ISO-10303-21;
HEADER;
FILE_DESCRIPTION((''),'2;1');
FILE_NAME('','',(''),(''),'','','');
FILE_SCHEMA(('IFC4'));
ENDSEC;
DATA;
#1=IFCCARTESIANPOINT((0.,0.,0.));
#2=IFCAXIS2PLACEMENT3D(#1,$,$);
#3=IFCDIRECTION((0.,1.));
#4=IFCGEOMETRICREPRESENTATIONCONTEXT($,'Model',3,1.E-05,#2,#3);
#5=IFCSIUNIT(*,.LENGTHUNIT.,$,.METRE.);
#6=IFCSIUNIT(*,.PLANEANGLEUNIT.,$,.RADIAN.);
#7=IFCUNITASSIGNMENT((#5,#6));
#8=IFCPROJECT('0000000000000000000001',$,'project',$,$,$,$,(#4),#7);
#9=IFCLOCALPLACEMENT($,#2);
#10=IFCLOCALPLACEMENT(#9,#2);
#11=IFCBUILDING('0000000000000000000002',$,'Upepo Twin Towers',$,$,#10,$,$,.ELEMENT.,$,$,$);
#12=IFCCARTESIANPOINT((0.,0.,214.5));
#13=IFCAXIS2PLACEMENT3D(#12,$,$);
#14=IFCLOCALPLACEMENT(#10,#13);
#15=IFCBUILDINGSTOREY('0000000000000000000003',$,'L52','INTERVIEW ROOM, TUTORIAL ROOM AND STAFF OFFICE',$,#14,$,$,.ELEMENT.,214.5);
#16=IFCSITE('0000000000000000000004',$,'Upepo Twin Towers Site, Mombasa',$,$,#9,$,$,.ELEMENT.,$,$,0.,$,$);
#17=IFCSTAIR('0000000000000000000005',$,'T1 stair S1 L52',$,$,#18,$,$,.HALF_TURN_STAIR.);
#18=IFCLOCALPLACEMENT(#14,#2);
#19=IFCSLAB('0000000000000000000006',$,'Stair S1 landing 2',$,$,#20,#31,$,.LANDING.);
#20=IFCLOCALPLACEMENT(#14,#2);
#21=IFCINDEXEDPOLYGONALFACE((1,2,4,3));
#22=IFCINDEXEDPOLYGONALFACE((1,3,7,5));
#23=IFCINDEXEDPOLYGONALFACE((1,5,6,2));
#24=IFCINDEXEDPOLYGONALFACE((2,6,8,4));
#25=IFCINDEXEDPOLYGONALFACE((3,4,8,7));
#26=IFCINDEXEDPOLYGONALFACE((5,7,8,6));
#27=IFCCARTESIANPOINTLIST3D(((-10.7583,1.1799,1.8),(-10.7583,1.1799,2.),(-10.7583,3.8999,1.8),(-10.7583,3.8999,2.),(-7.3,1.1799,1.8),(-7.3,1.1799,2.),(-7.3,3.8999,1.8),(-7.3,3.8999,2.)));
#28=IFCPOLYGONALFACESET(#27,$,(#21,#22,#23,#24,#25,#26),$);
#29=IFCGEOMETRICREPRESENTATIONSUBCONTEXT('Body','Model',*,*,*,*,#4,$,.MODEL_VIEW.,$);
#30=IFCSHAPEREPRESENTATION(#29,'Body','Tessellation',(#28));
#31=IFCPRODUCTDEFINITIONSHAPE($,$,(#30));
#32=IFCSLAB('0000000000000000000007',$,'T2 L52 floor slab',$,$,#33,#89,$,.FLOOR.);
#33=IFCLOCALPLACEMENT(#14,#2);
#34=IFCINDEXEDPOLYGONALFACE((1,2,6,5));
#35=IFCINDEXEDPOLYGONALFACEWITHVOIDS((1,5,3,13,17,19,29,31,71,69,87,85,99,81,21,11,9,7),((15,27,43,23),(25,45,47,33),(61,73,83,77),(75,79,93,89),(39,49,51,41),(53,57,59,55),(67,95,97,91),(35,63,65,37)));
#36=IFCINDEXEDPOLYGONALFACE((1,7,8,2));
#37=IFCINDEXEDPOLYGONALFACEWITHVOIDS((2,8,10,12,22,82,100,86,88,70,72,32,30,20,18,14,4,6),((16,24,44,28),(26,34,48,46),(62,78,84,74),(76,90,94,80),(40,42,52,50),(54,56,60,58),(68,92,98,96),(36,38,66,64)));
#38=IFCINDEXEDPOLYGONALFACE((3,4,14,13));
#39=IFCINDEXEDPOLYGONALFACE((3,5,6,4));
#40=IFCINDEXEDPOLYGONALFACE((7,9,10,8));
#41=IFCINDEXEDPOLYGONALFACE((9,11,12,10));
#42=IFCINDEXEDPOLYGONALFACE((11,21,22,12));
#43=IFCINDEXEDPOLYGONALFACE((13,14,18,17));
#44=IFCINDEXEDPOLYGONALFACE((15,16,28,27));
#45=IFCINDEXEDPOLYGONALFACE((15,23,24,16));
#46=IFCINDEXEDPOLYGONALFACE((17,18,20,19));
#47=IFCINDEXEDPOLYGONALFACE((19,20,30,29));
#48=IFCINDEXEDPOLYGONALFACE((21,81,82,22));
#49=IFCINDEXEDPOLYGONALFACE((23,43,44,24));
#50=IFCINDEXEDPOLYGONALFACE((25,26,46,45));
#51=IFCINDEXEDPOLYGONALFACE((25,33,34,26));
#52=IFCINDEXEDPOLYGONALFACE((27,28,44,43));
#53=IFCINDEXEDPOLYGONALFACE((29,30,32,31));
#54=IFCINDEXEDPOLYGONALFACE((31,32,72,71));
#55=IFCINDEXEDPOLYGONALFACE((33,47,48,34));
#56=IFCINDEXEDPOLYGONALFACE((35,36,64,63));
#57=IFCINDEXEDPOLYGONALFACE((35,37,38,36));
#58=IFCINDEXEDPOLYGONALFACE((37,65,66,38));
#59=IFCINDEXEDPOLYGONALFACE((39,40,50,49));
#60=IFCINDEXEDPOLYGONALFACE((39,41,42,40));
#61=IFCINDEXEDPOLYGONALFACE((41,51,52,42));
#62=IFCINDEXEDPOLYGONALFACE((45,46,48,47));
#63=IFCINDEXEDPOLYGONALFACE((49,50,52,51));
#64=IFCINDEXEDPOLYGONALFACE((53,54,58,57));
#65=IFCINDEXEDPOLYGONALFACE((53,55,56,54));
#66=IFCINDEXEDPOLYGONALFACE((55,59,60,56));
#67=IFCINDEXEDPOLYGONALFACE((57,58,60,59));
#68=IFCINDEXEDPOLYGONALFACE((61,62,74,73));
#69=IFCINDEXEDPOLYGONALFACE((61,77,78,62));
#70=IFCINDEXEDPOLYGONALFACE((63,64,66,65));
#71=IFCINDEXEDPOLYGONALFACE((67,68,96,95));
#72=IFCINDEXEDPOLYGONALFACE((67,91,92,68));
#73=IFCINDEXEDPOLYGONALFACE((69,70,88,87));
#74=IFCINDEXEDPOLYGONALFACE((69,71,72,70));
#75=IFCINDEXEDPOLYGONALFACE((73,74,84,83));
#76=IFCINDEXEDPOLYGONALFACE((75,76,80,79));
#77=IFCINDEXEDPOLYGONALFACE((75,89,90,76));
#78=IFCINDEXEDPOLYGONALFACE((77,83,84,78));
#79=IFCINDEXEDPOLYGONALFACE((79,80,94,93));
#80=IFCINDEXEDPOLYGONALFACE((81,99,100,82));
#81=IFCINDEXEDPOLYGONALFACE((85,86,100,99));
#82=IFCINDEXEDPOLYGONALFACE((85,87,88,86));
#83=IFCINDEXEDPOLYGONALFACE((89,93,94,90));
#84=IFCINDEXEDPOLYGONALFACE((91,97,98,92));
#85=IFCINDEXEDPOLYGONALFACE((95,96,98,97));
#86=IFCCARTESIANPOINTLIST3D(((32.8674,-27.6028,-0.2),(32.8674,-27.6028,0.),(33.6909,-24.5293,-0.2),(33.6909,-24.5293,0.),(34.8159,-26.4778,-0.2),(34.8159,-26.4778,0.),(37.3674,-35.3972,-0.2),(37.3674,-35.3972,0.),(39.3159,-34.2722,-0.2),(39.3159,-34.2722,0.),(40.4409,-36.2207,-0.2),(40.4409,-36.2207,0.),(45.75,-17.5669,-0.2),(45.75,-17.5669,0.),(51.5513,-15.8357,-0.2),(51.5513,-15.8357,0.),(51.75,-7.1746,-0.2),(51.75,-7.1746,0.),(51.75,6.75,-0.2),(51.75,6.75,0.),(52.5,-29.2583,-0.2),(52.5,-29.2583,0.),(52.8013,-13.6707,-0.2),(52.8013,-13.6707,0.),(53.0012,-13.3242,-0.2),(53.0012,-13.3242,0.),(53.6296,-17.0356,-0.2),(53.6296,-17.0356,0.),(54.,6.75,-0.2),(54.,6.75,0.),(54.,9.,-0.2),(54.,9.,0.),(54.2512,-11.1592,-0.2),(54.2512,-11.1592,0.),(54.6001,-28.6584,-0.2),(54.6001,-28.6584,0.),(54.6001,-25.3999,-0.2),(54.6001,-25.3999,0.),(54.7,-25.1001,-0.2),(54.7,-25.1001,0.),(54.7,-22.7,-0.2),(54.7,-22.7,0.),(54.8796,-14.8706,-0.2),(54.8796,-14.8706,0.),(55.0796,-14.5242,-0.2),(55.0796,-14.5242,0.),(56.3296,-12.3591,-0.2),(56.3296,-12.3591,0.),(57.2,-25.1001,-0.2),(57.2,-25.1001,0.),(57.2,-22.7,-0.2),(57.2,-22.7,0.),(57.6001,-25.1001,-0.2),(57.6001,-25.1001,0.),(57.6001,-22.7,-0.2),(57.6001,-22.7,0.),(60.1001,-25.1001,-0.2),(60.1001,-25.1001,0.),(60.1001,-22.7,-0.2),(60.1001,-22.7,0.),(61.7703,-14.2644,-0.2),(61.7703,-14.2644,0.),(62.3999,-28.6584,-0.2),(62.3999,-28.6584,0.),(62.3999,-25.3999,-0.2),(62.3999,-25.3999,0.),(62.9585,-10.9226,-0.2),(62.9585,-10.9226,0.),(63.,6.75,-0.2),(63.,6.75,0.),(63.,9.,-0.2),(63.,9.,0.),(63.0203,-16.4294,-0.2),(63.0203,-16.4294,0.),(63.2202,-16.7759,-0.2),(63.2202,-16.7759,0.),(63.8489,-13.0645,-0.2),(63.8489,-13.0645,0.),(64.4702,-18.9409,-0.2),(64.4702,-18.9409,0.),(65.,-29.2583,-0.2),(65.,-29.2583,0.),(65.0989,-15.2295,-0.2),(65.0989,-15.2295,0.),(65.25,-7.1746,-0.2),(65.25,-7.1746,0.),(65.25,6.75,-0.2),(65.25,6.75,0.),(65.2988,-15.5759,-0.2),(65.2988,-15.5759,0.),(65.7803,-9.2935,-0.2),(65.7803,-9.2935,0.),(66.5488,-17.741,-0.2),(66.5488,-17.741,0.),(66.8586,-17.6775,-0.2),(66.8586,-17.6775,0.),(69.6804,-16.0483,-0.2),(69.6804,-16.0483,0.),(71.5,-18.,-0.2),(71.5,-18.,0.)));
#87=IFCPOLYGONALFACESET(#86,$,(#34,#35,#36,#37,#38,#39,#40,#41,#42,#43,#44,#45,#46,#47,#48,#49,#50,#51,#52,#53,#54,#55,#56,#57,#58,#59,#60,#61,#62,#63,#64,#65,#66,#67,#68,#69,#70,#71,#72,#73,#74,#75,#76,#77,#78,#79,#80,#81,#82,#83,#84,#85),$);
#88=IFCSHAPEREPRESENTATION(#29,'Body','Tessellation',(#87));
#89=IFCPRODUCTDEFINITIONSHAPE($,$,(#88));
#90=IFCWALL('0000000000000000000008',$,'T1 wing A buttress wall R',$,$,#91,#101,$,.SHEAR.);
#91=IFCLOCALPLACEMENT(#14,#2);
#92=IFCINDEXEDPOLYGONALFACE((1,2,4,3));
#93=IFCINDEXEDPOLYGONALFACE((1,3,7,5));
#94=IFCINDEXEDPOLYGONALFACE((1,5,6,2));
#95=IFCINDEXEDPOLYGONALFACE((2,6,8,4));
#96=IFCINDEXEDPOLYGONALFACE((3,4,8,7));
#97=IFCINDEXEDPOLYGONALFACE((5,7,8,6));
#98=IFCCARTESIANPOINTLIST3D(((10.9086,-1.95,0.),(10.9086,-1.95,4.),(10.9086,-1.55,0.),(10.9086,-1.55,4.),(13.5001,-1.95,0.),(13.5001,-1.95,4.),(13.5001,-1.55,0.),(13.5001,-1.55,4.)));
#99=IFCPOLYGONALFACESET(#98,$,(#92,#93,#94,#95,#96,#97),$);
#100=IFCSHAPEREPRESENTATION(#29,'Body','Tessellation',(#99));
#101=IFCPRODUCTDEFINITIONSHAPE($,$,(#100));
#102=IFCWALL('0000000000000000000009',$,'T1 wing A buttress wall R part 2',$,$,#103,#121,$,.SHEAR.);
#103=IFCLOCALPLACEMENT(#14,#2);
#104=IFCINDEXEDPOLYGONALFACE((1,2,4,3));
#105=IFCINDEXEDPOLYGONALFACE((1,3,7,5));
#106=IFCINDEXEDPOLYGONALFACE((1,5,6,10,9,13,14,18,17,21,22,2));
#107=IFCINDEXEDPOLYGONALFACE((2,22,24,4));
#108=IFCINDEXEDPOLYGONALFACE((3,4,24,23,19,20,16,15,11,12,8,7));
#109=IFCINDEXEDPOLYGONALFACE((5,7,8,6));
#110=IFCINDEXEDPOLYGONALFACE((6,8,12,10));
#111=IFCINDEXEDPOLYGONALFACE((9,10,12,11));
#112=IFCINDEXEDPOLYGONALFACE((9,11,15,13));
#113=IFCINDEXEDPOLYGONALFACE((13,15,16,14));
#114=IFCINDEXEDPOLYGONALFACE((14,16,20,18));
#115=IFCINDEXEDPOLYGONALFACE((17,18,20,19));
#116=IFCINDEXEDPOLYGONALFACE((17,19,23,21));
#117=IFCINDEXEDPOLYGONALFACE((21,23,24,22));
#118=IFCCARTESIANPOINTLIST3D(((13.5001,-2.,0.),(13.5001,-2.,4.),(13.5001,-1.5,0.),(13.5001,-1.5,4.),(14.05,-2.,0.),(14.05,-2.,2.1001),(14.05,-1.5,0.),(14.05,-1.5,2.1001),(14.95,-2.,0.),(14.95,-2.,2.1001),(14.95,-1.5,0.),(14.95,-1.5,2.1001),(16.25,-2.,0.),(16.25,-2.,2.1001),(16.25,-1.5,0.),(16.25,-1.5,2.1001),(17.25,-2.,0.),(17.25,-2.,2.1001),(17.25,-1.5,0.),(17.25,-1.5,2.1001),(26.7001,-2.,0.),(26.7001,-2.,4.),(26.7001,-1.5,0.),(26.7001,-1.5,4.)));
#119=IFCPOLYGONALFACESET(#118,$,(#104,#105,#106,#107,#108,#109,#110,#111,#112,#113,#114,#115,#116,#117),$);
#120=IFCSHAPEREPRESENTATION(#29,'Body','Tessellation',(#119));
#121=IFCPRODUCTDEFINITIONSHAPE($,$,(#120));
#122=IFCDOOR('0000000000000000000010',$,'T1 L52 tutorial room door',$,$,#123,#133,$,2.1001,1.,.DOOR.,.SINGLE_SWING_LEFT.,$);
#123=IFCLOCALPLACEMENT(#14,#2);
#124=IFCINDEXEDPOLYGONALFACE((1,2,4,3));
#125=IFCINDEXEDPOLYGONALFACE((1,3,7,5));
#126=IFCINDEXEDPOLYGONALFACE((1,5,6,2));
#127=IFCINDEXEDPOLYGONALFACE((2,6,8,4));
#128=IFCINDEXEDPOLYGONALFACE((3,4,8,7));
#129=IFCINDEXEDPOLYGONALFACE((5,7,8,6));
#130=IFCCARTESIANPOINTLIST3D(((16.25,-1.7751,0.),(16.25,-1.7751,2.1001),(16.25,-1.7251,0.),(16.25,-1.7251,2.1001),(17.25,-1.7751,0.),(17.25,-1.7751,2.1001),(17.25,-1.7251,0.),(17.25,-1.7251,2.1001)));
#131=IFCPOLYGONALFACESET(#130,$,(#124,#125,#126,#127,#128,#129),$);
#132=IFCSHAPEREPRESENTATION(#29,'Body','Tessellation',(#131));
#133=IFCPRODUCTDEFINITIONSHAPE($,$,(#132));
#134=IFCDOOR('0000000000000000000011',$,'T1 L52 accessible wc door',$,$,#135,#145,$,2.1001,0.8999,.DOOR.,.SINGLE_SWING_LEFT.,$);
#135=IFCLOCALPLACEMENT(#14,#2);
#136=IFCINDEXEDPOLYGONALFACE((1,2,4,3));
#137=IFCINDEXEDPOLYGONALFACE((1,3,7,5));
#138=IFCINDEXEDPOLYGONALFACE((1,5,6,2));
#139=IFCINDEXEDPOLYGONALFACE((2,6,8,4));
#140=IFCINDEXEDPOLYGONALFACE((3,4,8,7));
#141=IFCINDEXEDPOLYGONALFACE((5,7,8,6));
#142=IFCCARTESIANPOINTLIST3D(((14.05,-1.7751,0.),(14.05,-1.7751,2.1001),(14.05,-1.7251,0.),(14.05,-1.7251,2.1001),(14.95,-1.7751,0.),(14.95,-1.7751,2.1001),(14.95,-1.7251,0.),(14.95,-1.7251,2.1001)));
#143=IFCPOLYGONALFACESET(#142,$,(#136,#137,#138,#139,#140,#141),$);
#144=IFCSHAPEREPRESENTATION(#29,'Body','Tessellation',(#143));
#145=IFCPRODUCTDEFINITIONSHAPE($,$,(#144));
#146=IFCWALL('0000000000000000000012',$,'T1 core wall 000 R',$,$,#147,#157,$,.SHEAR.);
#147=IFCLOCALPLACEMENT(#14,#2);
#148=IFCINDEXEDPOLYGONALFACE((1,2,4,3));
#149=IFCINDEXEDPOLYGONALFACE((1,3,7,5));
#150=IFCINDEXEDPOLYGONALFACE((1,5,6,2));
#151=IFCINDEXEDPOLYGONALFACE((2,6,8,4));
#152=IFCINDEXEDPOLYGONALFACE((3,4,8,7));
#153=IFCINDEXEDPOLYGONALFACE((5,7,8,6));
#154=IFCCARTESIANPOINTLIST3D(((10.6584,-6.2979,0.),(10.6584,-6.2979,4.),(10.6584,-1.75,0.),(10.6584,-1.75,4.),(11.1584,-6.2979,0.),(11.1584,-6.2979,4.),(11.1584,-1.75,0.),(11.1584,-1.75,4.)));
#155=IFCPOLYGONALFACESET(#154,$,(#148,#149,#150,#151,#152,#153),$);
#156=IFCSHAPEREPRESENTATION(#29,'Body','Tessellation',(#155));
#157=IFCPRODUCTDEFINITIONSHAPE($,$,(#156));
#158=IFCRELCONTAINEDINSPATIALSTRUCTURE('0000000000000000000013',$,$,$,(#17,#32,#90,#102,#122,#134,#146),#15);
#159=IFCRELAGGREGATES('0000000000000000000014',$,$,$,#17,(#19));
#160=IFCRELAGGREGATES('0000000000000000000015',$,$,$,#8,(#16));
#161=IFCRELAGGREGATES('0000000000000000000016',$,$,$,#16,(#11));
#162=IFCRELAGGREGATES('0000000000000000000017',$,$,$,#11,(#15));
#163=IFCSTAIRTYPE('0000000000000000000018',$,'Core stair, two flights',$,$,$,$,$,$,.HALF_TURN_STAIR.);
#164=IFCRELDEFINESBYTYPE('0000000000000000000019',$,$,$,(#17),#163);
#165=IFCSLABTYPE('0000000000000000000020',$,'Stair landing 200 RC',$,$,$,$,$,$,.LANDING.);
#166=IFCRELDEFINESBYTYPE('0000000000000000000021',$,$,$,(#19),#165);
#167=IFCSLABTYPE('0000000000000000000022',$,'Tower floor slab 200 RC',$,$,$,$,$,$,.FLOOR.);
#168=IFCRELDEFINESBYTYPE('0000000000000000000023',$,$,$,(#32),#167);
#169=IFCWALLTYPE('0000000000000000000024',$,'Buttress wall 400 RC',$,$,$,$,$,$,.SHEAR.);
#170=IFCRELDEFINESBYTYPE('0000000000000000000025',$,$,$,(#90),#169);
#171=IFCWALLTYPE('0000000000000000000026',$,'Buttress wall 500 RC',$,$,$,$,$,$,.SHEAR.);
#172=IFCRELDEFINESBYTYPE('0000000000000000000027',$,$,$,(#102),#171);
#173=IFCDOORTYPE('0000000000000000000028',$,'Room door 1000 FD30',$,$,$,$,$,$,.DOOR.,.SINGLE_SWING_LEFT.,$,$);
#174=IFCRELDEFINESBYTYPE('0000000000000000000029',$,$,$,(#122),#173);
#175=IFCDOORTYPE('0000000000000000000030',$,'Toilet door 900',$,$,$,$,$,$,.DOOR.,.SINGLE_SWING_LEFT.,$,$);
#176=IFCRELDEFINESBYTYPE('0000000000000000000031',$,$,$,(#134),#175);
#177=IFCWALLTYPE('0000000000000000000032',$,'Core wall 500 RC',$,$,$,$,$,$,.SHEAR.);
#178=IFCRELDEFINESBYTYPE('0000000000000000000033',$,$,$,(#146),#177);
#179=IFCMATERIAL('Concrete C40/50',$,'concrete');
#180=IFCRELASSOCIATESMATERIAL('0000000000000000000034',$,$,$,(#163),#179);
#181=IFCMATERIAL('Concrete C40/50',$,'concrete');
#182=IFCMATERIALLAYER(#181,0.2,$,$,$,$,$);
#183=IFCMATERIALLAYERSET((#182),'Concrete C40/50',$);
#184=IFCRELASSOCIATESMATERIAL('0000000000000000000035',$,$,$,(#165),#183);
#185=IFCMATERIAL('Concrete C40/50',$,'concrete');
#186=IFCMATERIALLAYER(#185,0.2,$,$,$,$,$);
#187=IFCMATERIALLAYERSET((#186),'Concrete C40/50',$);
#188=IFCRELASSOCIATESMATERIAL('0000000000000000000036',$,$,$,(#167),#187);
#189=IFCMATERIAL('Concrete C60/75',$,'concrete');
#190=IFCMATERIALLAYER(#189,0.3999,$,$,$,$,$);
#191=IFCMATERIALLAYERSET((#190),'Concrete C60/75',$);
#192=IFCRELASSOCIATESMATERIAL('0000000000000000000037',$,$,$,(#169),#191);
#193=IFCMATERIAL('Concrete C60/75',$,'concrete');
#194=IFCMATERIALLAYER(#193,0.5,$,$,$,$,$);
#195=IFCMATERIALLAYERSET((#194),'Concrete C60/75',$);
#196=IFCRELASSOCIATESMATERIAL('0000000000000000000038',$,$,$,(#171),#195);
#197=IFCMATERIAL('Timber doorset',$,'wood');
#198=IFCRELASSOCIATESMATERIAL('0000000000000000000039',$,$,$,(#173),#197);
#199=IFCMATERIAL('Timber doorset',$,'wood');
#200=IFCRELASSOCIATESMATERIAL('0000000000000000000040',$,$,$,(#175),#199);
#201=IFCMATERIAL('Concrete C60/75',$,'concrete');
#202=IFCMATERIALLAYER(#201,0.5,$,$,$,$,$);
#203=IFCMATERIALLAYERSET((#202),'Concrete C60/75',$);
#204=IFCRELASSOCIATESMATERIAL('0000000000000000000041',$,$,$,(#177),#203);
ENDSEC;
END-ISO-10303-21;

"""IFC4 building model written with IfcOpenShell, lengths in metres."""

from ifc_helpers import new_model, si_unit, direction, frame, frame_2d, origin, place, context, subcontext, project, spatial, polyline, rectangle, outline, extrude, material, layer, layer_set, type_object, element, fill, aggregate, save


model = new_model("IFC4")

# Units and contexts
model_context = context("Model", 3, precision=1e-05, world=origin(), true_north=direction((0.0, 1.0)))
body_context = subcontext(model_context, "Body", "Model", "MODEL_VIEW")
ifc_project = project(units=[si_unit("LENGTHUNIT", "METRE"), si_unit("PLANEANGLEUNIT", "RADIAN")], contexts=[model_context])

# Site, building, storey
site_placement = place(None, origin())
site = spatial("IfcSite", under=ifc_project, at=site_placement, Name="Upepo Twin Towers Site, Mombasa", CompositionType="ELEMENT", RefElevation=0.0)
building_placement = place(site_placement, origin())
building = spatial("IfcBuilding", under=site, at=building_placement, Name="Upepo Twin Towers", CompositionType="ELEMENT")
storey_placement = place(building_placement, frame((0.0, 0.0, 214.5)))
storey = spatial("IfcBuildingStorey", under=building, at=storey_placement, Name="L52", Description="INTERVIEW ROOM, TUTORIAL ROOM AND STAFF OFFICE", CompositionType="ELEMENT", Elevation=214.5)

# Stair, slab
ifc_material_1 = material(Name="Concrete C40/50", Category="concrete")
stair_type = type_object("IfcStairType", Name="Core stair, two flights", PredefinedType="HALF_TURN_STAIR", material=ifc_material_1)
stair_1_placement = place(storey_placement, origin())
stair_1 = element("IfcStair", 1, at=stair_1_placement, inside=storey, type_object=stair_type, Name="T1 stair S1 L52", PredefinedType="HALF_TURN_STAIR")
ifc_material_2 = material(Name="Concrete C40/50", Category="concrete")
ifc_layer_1 = layer(ifc_material_2, 0.2)
ifc_layer_set_1 = layer_set([ifc_layer_1], Name="Concrete C40/50")
slab_type_1 = type_object("IfcSlabType", Name="Stair landing 200 RC", PredefinedType="LANDING", material=ifc_layer_set_1)
slab_1_placement = place(storey_placement, frame((0.0, 0.0, 1.8)))
slab_1 = element("IfcSlab", 2, at=slab_1_placement, type_object=slab_type_1, Name="Stair S1 landing 2", PredefinedType="LANDING", context=body_context, shape_type="SweptSolid", body=[
    extrude(outline(polyline([(-7.3, 3.8999), (-10.7583, 3.8999), (-10.7583, 1.1799), (-7.3, 1.1799), (-7.3, 3.8999)])), origin(), (0.0, 0.0, 1.0), 0.2),
])
aggregate(stair_1, [slab_1])

# Slab
ifc_material_3 = material(Name="Concrete C40/50", Category="concrete")
ifc_layer_2 = layer(ifc_material_3, 0.2)
ifc_layer_set_2 = layer_set([ifc_layer_2], Name="Concrete C40/50")
slab_type_2 = type_object("IfcSlabType", Name="Tower floor slab 200 RC", PredefinedType="FLOOR", material=ifc_layer_set_2)
slab_2_placement = place(storey_placement, frame((0.0, 0.0, -0.2)))
element("IfcSlab", 3, at=slab_2_placement, inside=storey, type_object=slab_type_2, Name="T2 L52 floor slab", PredefinedType="FLOOR", context=body_context, shape_type="SweptSolid", body=[
    extrude(outline(polyline([(51.75, -7.1746), (51.75, 6.75), (54.0, 6.75), (54.0, 9.0), (63.0, 9.0), (63.0, 6.75), (65.25, 6.75), (65.25, -7.1746), (71.5, -18.0), (65.0, -29.2583), (52.5, -29.2583), (40.4409, -36.2207), (39.3159, -34.2722), (37.3674, -35.3972), (32.8674, -27.6028), (34.8159, -26.4778), (33.6909, -24.5293), (45.75, -17.5669), (51.75, -7.1746)]), holes=[polyline([(56.3296, -12.3591), (54.2512, -11.1592), (53.0012, -13.3242), (55.0796, -14.5242), (56.3296, -12.3591)]), polyline([(54.8796, -14.8706), (52.8013, -13.6707), (51.5513, -15.8357), (53.6296, -17.0356), (54.8796, -14.8706)]), polyline([(54.7, -22.7), (54.7, -25.1001), (57.2, -25.1001), (57.2, -22.7), (54.7, -22.7)]), polyline([(57.6001, -22.7), (57.6001, -25.1001), (60.1001, -25.1001), (60.1001, -22.7), (57.6001, -22.7)]), polyline([(54.6001, -25.3999), (54.6001, -28.6584), (62.3999, -28.6584), (62.3999, -25.3999), (54.6001, -25.3999)]), polyline([(64.4702, -18.9409), (66.5488, -17.741), (65.2988, -15.5759), (63.2202, -16.7759), (64.4702, -18.9409)]), polyline([(63.0203, -16.4294), (65.0989, -15.2295), (63.8489, -13.0645), (61.7703, -14.2644), (63.0203, -16.4294)]), polyline([(66.8586, -17.6775), (69.6804, -16.0483), (65.7803, -9.2935), (62.9585, -10.9226), (66.8586, -17.6775)])]), origin(), (0.0, 0.0, 1.0), 0.2),
])

# Wall
ifc_material_4 = material(Name="Concrete C60/75", Category="concrete")
ifc_layer_3 = layer(ifc_material_4, 0.3999)
ifc_layer_set_3 = layer_set([ifc_layer_3], Name="Concrete C60/75")
wall_type_1 = type_object("IfcWallType", Name="Buttress wall 400 RC", PredefinedType="SHEAR", material=ifc_layer_set_3)
wall_1_placement = place(storey_placement, frame((10.9084, -1.75, 0.0), z_axis=(0.0, 0.0, 1.0), x_axis=(1.0, 0.0, 0.0)))
element("IfcWall", 4, at=wall_1_placement, inside=storey, type_object=wall_type_1, Name="T1 wing A buttress wall R", PredefinedType="SHEAR", context=body_context, shape_type="SweptSolid", body=[
    extrude(rectangle(XDim=2.5916, YDim=0.3999, at=frame_2d((1.2959, 0.0))), origin(), (0.0, 0.0, 1.0), 4.0),
])

# Wall, openings, doors
ifc_material_5 = material(Name="Concrete C60/75", Category="concrete")
ifc_layer_4 = layer(ifc_material_5, 0.5)
ifc_layer_set_4 = layer_set([ifc_layer_4], Name="Concrete C60/75")
wall_type_2 = type_object("IfcWallType", Name="Buttress wall 500 RC", PredefinedType="SHEAR", material=ifc_layer_set_4)
wall_2_placement = place(storey_placement, frame((13.5, -1.75, 0.0), z_axis=(0.0, 0.0, 1.0), x_axis=(1.0, 0.0, 0.0)))
wall_2 = element("IfcWall", 5, at=wall_2_placement, inside=storey, type_object=wall_type_2, Name="T1 wing A buttress wall R part 2", PredefinedType="SHEAR", context=body_context, shape_type="SweptSolid", body=[
    extrude(rectangle(XDim=13.2, YDim=0.5, at=frame_2d((6.6001, 0.0))), origin(), (0.0, 0.0, 1.0), 4.0),
])
opening_1_placement = place(wall_2_placement, frame((0.55, 0.0, 0.0)))
opening_1 = element("IfcOpeningElement", 6, at=opening_1_placement, cuts=wall_2, PredefinedType="OPENING", context=body_context, shape_type="SweptSolid", body=[
    extrude(rectangle(XDim=0.8999, YDim=2.1001, at=frame_2d((0.45, 1.05))), frame((0.0, 0.26, 0.0), z_axis=(0.0, -1.0, 0.0), x_axis=(1.0, 0.0, 0.0)), (0.0, 0.0, 1.0), 0.52),
])
opening_2_placement = place(wall_2_placement, frame((2.75, 0.0, 0.0)))
opening_2 = element("IfcOpeningElement", 7, at=opening_2_placement, cuts=wall_2, PredefinedType="OPENING", context=body_context, shape_type="SweptSolid", body=[
    extrude(rectangle(XDim=1.0, YDim=2.1001, at=frame_2d((0.5, 1.05))), frame((0.0, 0.26, 0.0), z_axis=(0.0, -1.0, 0.0), x_axis=(1.0, 0.0, 0.0)), (0.0, 0.0, 1.0), 0.52),
])
ifc_material_6 = material(Name="Timber doorset", Category="wood")
door_type_1 = type_object("IfcDoorType", Name="Room door 1000 FD30", OperationType="SINGLE_SWING_LEFT", PredefinedType="DOOR", material=ifc_material_6)
door_1_placement = place(opening_2_placement, origin())
door_1 = element("IfcDoor", 8, at=door_1_placement, inside=storey, type_object=door_type_1, Name="T1 L52 tutorial room door", OperationType="SINGLE_SWING_LEFT", OverallHeight=2.1001, OverallWidth=1.0, PredefinedType="DOOR", context=body_context, shape_type="SweptSolid", body=[
    extrude(rectangle(XDim=1.0, YDim=2.1001, at=frame_2d((0.5, 1.05))), frame((0.0, 0.0249, 0.0), z_axis=(0.0, -1.0, 0.0), x_axis=(1.0, 0.0, 0.0)), (0.0, 0.0, 1.0), 0.05),
])
fill(opening_2, door_1)
ifc_material_7 = material(Name="Timber doorset", Category="wood")
door_type_2 = type_object("IfcDoorType", Name="Toilet door 900", OperationType="SINGLE_SWING_LEFT", PredefinedType="DOOR", material=ifc_material_7)
door_2_placement = place(opening_1_placement, origin())
door_2 = element("IfcDoor", 9, at=door_2_placement, inside=storey, type_object=door_type_2, Name="T1 L52 accessible wc door", OperationType="SINGLE_SWING_LEFT", OverallHeight=2.1001, OverallWidth=0.8999, PredefinedType="DOOR", context=body_context, shape_type="SweptSolid", body=[
    extrude(rectangle(XDim=0.8999, YDim=2.1001, at=frame_2d((0.45, 1.05))), frame((0.0, 0.0249, 0.0), z_axis=(0.0, -1.0, 0.0), x_axis=(1.0, 0.0, 0.0)), (0.0, 0.0, 1.0), 0.05),
])
fill(opening_1, door_2)

# Wall
ifc_material_8 = material(Name="Concrete C60/75", Category="concrete")
ifc_layer_5 = layer(ifc_material_8, 0.5)
ifc_layer_set_5 = layer_set([ifc_layer_5], Name="Concrete C60/75")
wall_type_3 = type_object("IfcWallType", Name="Core wall 500 RC", PredefinedType="SHEAR", material=ifc_layer_set_5)
wall_3_placement = place(storey_placement, frame((10.9084, -6.2979, 0.0), z_axis=(0.0, 0.0, 1.0), x_axis=(0.0, 1.0, 0.0)))
element("IfcWall", 10, at=wall_3_placement, inside=storey, type_object=wall_type_3, Name="T1 core wall 000 R", PredefinedType="SHEAR", context=body_context, shape_type="SweptSolid", body=[
    extrude(rectangle(XDim=4.5479, YDim=0.5, at=frame_2d((2.2739, 0.0))), origin(), (0.0, 0.0, 1.0), 4.0),
])

save(model, "model.ifc")
